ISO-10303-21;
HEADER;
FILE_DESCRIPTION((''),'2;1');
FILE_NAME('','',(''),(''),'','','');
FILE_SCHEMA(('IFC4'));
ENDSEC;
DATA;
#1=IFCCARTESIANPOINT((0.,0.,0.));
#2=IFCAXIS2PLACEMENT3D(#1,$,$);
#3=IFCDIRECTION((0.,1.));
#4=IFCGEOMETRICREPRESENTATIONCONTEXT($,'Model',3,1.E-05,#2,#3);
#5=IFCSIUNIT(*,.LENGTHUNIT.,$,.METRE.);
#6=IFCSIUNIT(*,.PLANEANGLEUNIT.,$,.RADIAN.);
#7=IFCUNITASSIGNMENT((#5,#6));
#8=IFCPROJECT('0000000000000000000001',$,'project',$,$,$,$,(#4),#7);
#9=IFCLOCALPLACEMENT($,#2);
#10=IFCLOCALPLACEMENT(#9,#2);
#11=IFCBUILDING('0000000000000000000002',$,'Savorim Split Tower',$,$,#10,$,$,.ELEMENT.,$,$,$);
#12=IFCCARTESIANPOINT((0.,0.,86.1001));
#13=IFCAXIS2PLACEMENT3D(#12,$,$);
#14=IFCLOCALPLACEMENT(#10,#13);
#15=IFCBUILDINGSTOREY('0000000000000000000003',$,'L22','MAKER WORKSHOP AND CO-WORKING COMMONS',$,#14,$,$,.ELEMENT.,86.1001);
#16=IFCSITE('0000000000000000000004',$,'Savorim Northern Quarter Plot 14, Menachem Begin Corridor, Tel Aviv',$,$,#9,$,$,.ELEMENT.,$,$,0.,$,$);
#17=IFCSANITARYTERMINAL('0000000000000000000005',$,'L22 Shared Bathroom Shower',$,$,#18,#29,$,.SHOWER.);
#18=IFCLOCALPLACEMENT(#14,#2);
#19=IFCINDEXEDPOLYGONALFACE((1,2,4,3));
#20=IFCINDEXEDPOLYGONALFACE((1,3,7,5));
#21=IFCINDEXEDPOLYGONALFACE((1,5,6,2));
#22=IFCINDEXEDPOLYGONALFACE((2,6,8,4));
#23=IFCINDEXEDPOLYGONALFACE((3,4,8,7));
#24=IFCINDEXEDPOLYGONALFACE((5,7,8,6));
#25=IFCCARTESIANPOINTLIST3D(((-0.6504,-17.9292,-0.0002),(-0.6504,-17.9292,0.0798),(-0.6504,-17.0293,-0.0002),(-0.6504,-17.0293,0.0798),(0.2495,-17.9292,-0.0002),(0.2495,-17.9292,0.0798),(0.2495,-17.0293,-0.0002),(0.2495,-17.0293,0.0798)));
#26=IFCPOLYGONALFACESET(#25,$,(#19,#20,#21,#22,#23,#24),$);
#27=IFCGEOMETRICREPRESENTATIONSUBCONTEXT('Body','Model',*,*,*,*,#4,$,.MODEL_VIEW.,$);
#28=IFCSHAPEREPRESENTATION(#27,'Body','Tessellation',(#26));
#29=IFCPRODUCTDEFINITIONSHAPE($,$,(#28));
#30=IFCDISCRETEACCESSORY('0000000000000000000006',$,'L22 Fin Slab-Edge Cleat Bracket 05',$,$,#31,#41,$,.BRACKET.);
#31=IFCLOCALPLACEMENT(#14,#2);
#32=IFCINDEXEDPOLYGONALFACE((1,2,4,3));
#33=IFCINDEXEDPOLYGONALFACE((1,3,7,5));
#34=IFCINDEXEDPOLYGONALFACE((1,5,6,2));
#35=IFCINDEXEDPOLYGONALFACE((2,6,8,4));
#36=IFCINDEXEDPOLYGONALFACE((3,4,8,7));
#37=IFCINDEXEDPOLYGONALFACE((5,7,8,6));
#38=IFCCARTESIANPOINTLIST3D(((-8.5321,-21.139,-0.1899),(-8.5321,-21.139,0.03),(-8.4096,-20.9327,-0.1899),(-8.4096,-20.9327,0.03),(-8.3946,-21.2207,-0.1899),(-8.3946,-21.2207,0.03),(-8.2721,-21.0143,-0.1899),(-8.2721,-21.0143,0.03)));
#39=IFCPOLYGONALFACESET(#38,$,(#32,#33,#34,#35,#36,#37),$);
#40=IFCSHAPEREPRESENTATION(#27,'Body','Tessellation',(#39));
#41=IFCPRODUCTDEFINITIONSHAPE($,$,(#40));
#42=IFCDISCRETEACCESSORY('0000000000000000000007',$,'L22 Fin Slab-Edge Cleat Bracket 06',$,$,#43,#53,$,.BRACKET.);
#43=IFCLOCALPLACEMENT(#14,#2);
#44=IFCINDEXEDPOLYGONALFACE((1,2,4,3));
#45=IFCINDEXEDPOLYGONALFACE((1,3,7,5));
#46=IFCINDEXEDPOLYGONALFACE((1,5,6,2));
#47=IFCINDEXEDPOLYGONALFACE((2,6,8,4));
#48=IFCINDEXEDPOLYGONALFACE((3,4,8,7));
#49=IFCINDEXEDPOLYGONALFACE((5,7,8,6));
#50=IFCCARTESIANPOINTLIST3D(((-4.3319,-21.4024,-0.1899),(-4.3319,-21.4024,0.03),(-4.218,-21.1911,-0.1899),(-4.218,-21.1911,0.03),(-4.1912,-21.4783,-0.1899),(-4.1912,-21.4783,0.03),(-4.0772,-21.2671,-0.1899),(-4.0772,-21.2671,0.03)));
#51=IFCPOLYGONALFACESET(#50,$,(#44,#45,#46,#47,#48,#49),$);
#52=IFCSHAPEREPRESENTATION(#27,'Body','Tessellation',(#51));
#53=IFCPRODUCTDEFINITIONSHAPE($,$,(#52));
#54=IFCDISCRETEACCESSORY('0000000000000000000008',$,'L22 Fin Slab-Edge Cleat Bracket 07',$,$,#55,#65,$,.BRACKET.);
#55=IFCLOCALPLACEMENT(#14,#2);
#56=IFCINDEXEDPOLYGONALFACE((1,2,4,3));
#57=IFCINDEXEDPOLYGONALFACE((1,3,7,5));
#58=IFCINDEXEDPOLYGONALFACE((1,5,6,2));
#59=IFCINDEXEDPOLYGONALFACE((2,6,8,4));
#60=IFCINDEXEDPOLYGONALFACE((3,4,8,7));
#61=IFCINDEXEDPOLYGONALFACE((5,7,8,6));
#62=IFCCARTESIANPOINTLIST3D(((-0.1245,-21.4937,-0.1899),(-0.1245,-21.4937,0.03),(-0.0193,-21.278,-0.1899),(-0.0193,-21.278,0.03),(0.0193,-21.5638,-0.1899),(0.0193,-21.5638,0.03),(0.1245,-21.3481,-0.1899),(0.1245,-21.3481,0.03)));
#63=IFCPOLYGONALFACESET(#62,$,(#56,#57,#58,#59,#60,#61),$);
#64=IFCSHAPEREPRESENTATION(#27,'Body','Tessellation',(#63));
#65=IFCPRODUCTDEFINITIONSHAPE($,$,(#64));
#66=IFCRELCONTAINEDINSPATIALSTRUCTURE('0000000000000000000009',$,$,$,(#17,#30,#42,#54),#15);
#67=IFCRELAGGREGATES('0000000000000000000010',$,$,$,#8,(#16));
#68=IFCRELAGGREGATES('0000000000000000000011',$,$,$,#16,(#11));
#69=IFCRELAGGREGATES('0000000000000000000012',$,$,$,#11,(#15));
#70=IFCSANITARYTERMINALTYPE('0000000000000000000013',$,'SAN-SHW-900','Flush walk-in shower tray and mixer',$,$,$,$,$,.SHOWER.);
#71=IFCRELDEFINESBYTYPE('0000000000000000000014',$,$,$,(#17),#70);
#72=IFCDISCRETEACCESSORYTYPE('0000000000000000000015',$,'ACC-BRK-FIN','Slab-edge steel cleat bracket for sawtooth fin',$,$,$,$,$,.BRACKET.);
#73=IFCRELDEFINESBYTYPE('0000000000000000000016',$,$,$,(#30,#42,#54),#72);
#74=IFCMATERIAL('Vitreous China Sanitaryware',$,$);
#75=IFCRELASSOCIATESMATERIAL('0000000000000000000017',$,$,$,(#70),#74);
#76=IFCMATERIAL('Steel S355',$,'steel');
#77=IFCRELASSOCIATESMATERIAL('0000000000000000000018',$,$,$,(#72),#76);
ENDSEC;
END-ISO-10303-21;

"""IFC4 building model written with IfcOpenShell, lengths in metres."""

from ifc_helpers import new_model, si_unit, direction, frame, origin, origin_2d, place, context, subcontext, project, spatial, rectangle, extrude, material, type_object, element, save


model = new_model("IFC4")

# Units and contexts
model_context = context("Model", 3, precision=1e-05, world=origin(), true_north=direction((0.0, 1.0)))
body_context = subcontext(model_context, "Body", "Model", "MODEL_VIEW")
ifc_project = project(units=[si_unit("LENGTHUNIT", "METRE"), si_unit("PLANEANGLEUNIT", "RADIAN")], contexts=[model_context])

# Site, building, storey
site_placement = place(None, origin())
site = spatial("IfcSite", under=ifc_project, at=site_placement, Name="Savorim Northern Quarter Plot 14, Menachem Begin Corridor, Tel Aviv", CompositionType="ELEMENT", RefElevation=0.0)
building_placement = place(site_placement, origin())
building = spatial("IfcBuilding", under=site, at=building_placement, Name="Savorim Split Tower", CompositionType="ELEMENT")
storey_placement = place(building_placement, frame((0.0, 0.0, 86.1001)))
storey = spatial("IfcBuildingStorey", under=building, at=storey_placement, Name="L22", Description="MAKER WORKSHOP AND CO-WORKING COMMONS", CompositionType="ELEMENT", Elevation=86.1001)

# Shared definitions
ifc_material_1 = material(Name="Steel S355", Category="steel")

# Sanitary terminal
ifc_material_2 = material(Name="Vitreous China Sanitaryware")
sanitary_terminal_type = type_object("IfcSanitaryTerminalType", Name="SAN-SHW-900", Description="Flush walk-in shower tray and mixer", PredefinedType="SHOWER", material=ifc_material_2)
sanitary_terminal_placement = place(storey_placement, frame((-0.2004, -17.4792, -0.0002), z_axis=(0.0, 0.0, 1.0), x_axis=(1.0, 0.0, 0.0)))
element("IfcSanitaryTerminal", 1, at=sanitary_terminal_placement, inside=storey, type_object=sanitary_terminal_type, Name="L22 Shared Bathroom Shower", PredefinedType="SHOWER", context=body_context, shape_type="SweptSolid", body=[
    extrude(rectangle(XDim=0.8999, YDim=0.8999, at=origin_2d()), origin(), (0.0, 0.0, 1.0), 0.0801),
])

# Discrete accessories
discrete_accessory_type = type_object("IfcDiscreteAccessoryType", Name="ACC-BRK-FIN", Description="Slab-edge steel cleat bracket for sawtooth fin", PredefinedType="BRACKET", material=ifc_material_1)
for number, where, z_axis, x_axis, name in (
    (2, (-8.4021, -21.0767, -0.1899), (0.0, 0.0, 1.0), (-0.510391, -0.859942, 0.0), "L22 Fin Slab-Edge Cleat Bracket 05"),
    (3, (-4.2046, -21.3347, -0.1899), (0.0, 0.0, 1.0), (-0.474778, -0.880106, 0.0), "L22 Fin Slab-Edge Cleat Bracket 06"),
    (4, (0.0, -21.4209, -0.1899), (0.0, 0.0, 1.0), (-0.438371, -0.898794, 0.0), "L22 Fin Slab-Edge Cleat Bracket 07"),
):
    element("IfcDiscreteAccessory", number, at=place(storey_placement, frame(where, z_axis=z_axis, x_axis=x_axis)), inside=storey, type_object=discrete_accessory_type, Name=name, PredefinedType="BRACKET", context=body_context, shape_type="SweptSolid", body=[
        extrude(rectangle(XDim=0.24, YDim=0.1599, at=origin_2d()), origin(), (0.0, 0.0, 1.0), 0.22),
    ])

save(model, "model.ifc")
